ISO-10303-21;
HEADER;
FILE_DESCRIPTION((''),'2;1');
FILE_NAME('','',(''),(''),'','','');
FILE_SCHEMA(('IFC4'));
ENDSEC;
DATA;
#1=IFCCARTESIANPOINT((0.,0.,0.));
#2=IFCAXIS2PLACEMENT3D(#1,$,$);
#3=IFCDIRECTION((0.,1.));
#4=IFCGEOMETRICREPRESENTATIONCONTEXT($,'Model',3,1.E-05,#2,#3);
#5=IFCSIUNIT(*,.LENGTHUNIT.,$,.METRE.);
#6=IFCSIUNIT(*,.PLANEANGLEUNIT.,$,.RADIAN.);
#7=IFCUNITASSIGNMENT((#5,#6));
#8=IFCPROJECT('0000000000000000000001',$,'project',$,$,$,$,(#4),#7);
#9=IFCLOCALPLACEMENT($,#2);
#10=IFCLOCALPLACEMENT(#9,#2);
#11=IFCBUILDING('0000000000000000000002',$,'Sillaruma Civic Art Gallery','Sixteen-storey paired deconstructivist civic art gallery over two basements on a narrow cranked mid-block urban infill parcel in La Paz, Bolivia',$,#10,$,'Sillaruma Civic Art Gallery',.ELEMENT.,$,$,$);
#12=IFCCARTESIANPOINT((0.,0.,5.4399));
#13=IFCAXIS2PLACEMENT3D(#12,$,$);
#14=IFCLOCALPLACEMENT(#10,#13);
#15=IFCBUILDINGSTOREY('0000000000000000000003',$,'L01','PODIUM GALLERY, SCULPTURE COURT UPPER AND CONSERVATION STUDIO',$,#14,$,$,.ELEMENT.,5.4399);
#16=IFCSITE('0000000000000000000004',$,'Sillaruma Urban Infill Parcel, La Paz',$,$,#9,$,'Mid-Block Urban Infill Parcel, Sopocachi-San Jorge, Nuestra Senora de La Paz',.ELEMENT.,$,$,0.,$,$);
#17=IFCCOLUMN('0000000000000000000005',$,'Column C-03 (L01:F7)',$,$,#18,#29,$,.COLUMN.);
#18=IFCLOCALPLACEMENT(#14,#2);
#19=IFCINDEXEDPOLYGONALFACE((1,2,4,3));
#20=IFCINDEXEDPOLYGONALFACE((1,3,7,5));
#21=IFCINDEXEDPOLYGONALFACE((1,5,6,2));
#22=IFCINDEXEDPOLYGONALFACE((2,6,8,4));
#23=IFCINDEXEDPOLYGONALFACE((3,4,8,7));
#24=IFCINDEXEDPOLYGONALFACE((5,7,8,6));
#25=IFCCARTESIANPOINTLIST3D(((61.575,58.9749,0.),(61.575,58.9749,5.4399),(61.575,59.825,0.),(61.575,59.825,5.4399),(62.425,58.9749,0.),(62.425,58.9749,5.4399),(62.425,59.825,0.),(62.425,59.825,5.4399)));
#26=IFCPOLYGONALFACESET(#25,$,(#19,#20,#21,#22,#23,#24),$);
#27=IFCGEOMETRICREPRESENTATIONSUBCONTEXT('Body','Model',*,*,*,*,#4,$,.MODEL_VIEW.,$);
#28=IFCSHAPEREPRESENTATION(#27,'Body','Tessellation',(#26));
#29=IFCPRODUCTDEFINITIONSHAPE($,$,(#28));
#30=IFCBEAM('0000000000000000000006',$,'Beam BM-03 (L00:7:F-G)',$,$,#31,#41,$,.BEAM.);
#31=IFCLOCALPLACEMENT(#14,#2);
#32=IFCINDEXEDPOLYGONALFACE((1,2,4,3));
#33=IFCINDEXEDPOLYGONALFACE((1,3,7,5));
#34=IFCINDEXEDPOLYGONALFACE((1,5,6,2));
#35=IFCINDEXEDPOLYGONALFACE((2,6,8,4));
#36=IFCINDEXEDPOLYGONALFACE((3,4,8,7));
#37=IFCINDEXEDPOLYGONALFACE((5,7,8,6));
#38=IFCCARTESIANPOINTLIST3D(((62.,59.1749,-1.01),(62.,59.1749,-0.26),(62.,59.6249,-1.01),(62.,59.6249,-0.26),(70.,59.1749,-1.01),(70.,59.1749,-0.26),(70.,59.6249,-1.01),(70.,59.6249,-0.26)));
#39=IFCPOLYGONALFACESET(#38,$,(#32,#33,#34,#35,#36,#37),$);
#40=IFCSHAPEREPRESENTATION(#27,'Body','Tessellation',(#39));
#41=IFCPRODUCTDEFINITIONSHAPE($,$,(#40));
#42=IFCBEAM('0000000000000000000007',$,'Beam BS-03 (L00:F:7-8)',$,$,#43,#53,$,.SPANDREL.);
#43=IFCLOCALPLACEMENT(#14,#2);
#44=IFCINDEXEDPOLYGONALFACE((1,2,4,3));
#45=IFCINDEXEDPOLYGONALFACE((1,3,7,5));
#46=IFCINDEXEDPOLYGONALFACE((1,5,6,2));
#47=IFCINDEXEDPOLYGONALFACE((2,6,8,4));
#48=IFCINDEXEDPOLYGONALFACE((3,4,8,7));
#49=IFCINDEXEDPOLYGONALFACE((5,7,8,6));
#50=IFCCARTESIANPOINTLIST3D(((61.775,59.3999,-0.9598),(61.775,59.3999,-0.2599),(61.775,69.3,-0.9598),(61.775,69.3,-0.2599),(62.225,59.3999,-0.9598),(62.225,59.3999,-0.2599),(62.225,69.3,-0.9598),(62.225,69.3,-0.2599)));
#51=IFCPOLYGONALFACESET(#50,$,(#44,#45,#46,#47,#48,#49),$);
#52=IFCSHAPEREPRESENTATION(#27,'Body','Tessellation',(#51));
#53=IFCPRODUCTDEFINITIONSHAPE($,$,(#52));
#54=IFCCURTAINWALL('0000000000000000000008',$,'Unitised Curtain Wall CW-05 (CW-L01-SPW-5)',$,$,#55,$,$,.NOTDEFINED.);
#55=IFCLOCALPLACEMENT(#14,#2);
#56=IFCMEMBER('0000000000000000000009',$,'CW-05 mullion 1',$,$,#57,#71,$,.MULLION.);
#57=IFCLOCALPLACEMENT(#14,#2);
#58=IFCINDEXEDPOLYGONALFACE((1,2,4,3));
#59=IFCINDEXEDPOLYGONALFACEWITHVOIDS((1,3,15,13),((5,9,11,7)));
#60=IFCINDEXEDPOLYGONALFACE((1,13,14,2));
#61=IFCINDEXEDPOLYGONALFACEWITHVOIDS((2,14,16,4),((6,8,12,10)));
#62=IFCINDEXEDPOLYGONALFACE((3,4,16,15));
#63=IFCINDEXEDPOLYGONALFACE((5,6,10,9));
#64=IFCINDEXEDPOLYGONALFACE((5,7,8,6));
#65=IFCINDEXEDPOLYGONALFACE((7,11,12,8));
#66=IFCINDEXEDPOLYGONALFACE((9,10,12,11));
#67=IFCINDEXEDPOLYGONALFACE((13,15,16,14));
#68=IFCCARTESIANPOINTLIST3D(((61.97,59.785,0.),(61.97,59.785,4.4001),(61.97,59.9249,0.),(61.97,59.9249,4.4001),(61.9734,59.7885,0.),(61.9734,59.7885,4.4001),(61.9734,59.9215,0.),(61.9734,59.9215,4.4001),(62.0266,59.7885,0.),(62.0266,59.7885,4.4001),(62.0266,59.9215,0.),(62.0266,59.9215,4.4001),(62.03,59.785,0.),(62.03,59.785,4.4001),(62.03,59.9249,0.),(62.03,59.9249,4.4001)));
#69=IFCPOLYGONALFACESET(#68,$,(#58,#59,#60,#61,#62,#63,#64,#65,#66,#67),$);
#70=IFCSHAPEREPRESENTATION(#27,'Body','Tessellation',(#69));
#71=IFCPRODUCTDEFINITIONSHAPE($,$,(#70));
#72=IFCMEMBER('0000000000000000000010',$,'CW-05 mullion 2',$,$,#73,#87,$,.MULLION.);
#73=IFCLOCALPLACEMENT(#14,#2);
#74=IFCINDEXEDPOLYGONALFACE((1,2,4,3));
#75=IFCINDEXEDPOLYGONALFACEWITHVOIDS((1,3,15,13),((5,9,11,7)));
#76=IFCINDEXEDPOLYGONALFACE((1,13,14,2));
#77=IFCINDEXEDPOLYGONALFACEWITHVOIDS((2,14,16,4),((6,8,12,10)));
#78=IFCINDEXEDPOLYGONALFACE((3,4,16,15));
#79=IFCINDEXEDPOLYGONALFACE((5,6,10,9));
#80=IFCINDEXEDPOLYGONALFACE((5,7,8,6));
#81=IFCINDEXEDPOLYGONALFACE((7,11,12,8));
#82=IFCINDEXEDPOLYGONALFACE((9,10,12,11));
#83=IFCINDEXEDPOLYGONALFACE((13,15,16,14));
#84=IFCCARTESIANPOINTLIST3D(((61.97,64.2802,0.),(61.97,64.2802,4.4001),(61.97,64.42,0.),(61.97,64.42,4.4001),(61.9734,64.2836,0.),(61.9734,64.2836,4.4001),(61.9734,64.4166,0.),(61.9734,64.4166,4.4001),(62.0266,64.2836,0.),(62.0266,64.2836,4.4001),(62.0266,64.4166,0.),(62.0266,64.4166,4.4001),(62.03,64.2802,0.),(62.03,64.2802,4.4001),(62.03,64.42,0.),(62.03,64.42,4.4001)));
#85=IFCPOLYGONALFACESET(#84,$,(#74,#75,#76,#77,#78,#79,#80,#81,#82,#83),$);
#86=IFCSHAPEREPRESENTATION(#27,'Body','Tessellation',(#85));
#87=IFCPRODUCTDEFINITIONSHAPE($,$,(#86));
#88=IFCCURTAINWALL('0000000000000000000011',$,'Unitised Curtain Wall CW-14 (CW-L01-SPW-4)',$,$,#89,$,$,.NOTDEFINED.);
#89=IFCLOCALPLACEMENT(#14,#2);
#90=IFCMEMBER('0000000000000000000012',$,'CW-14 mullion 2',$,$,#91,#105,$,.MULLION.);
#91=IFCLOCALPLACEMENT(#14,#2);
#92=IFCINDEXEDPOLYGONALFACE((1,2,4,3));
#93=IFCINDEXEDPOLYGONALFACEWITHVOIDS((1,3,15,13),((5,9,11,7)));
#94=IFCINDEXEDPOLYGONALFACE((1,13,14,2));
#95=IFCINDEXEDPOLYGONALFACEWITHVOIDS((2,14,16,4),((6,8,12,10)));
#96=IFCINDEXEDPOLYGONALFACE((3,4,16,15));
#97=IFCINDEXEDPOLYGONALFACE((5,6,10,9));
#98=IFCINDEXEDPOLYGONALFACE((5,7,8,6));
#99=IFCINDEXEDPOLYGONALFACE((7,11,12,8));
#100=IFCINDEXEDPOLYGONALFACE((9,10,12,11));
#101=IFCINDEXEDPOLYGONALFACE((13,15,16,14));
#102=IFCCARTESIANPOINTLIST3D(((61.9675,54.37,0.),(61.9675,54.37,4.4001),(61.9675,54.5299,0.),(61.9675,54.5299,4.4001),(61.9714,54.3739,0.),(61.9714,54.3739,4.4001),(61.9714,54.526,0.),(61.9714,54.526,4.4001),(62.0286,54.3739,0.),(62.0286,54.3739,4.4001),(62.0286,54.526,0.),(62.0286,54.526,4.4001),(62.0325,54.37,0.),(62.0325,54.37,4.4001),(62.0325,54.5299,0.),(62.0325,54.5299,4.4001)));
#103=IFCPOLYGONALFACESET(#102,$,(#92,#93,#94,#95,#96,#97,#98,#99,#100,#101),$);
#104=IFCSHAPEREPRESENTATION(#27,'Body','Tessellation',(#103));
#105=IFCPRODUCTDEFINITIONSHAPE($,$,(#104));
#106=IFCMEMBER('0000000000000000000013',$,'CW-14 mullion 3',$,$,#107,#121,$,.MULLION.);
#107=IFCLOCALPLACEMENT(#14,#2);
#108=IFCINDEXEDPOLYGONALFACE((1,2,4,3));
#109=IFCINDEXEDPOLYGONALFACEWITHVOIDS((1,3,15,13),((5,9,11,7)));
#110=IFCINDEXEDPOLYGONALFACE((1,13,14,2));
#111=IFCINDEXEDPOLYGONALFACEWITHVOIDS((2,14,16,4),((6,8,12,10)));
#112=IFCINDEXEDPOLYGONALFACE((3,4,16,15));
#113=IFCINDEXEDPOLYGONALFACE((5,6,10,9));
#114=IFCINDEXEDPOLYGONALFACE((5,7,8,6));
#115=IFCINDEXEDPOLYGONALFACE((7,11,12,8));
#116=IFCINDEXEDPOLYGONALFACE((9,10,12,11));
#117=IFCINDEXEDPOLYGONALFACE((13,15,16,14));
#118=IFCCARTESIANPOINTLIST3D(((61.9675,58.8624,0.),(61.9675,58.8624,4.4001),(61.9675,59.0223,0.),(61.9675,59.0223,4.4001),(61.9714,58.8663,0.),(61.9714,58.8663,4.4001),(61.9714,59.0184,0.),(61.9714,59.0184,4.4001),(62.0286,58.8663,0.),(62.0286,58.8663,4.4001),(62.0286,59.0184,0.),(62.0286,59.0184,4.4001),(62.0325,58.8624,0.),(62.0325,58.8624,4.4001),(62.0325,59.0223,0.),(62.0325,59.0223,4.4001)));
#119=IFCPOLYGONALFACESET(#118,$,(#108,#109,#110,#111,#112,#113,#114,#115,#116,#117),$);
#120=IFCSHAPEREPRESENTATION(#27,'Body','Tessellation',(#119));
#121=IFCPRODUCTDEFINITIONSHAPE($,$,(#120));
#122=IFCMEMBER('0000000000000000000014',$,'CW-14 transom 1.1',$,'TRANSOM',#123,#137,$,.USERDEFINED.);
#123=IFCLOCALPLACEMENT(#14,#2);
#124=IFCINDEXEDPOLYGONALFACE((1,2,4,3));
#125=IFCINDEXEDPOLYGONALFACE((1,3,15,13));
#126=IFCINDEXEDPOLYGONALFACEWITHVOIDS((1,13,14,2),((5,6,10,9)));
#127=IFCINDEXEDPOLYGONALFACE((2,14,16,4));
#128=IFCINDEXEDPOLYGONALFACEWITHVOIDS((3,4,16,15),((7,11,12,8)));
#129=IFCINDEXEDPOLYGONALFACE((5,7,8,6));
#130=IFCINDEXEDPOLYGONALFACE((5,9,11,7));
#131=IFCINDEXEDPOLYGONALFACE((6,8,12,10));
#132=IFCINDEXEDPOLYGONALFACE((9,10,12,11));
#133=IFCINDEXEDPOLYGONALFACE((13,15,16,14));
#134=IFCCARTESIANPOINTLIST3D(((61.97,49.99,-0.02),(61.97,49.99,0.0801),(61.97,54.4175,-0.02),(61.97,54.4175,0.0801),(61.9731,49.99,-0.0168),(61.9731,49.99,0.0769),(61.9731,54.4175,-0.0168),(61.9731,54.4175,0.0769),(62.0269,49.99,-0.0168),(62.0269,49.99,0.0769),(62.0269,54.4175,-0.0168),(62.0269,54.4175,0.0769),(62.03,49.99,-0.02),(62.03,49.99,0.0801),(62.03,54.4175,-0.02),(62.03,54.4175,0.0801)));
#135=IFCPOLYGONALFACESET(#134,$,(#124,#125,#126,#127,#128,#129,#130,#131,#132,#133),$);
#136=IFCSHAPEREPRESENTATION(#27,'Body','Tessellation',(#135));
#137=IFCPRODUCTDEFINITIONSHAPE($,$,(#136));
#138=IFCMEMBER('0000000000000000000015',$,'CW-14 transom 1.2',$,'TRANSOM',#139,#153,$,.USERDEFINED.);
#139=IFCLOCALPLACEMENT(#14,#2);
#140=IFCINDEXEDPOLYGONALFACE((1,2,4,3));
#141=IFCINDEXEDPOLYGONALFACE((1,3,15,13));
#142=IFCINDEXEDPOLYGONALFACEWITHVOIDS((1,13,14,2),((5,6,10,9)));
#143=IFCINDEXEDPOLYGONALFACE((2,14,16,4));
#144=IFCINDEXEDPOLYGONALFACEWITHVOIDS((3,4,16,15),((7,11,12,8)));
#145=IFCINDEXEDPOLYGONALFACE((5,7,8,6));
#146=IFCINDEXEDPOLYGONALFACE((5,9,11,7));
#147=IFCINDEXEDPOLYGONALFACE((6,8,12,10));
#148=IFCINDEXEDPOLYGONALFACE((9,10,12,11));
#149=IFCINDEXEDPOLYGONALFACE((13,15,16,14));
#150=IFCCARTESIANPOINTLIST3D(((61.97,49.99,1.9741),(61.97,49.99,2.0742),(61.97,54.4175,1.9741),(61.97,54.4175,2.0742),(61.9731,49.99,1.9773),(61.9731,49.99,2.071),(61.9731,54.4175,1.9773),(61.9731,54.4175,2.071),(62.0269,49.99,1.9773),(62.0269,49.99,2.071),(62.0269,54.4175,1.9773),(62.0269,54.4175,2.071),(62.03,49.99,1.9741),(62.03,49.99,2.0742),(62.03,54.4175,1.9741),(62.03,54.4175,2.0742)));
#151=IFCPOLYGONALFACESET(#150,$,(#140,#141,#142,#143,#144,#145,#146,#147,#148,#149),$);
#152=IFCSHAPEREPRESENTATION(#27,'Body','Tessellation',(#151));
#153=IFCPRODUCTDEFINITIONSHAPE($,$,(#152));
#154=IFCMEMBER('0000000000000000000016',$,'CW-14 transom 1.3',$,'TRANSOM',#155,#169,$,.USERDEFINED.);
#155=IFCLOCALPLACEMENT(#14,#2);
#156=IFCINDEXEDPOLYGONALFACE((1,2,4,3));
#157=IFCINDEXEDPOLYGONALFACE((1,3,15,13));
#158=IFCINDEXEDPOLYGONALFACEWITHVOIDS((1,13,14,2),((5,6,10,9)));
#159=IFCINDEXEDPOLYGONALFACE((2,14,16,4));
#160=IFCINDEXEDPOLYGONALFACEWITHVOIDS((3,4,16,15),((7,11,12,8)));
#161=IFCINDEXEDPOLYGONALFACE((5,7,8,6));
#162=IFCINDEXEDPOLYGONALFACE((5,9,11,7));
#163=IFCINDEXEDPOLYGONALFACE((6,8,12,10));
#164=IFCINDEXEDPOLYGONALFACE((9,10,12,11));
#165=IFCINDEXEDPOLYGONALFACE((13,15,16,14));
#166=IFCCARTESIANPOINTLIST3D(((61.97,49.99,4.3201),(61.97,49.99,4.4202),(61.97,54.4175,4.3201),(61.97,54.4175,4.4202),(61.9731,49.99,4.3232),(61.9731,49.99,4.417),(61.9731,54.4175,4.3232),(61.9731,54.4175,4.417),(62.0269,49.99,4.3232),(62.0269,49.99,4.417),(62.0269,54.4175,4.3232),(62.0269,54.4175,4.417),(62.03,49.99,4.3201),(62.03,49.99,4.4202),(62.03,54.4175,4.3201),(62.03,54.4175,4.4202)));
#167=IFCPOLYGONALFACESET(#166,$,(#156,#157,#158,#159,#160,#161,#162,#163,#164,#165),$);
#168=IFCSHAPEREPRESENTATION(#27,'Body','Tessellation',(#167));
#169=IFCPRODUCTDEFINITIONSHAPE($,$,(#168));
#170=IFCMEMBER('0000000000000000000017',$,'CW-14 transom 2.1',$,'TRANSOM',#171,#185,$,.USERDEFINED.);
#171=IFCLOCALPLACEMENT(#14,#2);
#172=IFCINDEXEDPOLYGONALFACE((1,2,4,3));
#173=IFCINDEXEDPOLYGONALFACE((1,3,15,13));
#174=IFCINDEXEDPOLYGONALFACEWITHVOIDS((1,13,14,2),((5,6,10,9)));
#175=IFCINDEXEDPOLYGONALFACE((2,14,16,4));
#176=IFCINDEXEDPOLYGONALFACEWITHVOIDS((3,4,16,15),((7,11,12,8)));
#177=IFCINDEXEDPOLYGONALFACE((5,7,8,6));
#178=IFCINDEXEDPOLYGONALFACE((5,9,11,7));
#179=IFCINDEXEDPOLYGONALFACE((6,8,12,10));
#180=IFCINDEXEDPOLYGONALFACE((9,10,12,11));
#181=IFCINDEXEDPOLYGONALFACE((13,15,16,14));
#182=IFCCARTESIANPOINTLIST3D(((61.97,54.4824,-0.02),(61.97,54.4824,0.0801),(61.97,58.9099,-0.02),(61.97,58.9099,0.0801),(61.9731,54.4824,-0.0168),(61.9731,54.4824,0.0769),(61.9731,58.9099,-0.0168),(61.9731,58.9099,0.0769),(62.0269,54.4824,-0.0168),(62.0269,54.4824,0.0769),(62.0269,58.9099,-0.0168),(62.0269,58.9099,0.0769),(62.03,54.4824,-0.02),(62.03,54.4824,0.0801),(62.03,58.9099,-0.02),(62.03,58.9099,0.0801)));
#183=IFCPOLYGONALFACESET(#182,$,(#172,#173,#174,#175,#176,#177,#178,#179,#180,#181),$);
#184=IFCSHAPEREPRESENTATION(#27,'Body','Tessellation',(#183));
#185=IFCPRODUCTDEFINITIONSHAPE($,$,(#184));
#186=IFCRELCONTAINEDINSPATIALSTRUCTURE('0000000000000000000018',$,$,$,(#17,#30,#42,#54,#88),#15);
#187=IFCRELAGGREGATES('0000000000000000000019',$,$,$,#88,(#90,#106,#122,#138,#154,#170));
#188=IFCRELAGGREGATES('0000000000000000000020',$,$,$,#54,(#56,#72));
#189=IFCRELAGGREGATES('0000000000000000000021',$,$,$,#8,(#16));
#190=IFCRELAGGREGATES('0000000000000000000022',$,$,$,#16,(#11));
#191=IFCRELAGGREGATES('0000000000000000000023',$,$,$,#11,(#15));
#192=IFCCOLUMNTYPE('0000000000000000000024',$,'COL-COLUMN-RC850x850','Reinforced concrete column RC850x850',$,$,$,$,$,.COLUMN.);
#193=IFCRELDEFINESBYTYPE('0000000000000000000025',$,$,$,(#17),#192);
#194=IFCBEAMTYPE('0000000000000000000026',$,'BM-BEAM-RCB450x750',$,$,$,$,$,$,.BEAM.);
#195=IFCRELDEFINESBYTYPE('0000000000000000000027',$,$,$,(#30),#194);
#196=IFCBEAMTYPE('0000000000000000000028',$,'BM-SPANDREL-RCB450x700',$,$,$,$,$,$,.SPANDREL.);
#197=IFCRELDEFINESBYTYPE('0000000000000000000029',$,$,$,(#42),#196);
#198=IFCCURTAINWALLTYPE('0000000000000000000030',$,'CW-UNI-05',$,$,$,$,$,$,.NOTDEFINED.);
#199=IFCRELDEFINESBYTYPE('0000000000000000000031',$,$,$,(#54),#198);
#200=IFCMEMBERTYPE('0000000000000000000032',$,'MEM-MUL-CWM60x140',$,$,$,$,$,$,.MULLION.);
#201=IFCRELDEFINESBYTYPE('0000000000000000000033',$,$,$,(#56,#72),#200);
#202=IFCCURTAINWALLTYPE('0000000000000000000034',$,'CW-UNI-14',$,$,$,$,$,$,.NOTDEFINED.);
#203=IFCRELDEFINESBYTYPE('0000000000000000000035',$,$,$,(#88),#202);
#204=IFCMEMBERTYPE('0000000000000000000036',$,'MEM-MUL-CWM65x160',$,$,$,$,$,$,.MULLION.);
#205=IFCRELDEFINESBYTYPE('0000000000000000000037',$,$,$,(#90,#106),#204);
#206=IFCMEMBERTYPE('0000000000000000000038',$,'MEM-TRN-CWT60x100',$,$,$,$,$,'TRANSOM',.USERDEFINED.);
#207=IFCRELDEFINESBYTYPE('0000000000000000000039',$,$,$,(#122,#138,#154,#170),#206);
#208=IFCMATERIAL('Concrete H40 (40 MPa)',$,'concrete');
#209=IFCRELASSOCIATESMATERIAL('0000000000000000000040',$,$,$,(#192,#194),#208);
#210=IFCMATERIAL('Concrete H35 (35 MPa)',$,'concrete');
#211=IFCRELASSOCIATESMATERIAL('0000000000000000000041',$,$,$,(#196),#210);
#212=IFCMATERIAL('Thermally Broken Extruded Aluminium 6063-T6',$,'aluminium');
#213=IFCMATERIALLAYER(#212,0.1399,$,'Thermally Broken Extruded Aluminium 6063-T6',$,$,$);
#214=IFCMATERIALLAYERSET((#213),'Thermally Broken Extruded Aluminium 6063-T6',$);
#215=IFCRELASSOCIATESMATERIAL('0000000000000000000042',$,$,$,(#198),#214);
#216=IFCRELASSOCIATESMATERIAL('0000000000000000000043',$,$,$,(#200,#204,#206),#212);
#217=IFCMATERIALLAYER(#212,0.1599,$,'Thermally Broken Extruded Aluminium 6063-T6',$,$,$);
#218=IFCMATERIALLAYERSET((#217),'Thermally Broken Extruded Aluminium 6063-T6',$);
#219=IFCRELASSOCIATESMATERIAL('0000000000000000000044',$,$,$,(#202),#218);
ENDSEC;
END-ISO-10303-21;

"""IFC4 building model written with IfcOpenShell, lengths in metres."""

from ifc_helpers import new_model, si_unit, direction, frame, origin, origin_2d, place, context, subcontext, project, spatial, rectangle, hollow_rectangle, extrude, material, layer, layer_set, material_profile, profile_set, type_object, element, aggregate, save


model = new_model("IFC4")

# Units and contexts
model_context = context("Model", 3, precision=1e-05, world=origin(), true_north=direction((0.0, 1.0)))
body_context = subcontext(model_context, "Body", "Model", "MODEL_VIEW")
ifc_project = project(units=[si_unit("LENGTHUNIT", "METRE"), si_unit("PLANEANGLEUNIT", "RADIAN")], contexts=[model_context])

# Site, building, storey
site_placement = place(None, origin())
site = spatial("IfcSite", under=ifc_project, at=site_placement, Name="Sillaruma Urban Infill Parcel, La Paz", LongName="Mid-Block Urban Infill Parcel, Sopocachi-San Jorge, Nuestra Senora de La Paz", CompositionType="ELEMENT", RefElevation=0.0)
building_placement = place(site_placement, origin())
building = spatial("IfcBuilding", under=site, at=building_placement, Name="Sillaruma Civic Art Gallery", Description="Sixteen-storey paired deconstructivist civic art gallery over two basements on a narrow cranked mid-block urban infill parcel in La Paz, Bolivia", LongName="Sillaruma Civic Art Gallery", CompositionType="ELEMENT")
storey_placement = place(building_placement, frame((0.0, 0.0, 5.4399)))
storey = spatial("IfcBuildingStorey", under=building, at=storey_placement, Name="L01", Description="PODIUM GALLERY, SCULPTURE COURT UPPER AND CONSERVATION STUDIO", CompositionType="ELEMENT", Elevation=5.4399)

# Column
ifc_material_1 = material(Name="Concrete H40 (40 MPa)", Category="concrete")
ifc_material_profile_1 = material_profile(ifc_material_1, rectangle(XDim=0.8501, YDim=0.8501, at=origin_2d()), Name="RC850x850")
ifc_profile_set_1 = profile_set([ifc_material_profile_1], Name="Concrete H40 (40 MPa)")
column_type = type_object("IfcColumnType", Name="COL-COLUMN-RC850x850", Description="Reinforced concrete column RC850x850", PredefinedType="COLUMN", material=ifc_profile_set_1)
column_placement = place(storey_placement, frame((62.0, 59.3999, 0.0), z_axis=(0.0, 0.0, 1.0), x_axis=(1.0, 0.0, 0.0)))
element("IfcColumn", 1, at=column_placement, inside=storey, type_object=column_type, Name="Column C-03 (L01:F7)", PredefinedType="COLUMN", context=body_context, shape_type="SweptSolid", body=[
    extrude(rectangle(XDim=0.8501, YDim=0.8501, at=origin_2d()), origin(), (0.0, 0.0, 1.0), 5.4399),
])

# Beams
ifc_material_profile_2 = material_profile(ifc_material_1, rectangle(XDim=0.45, YDim=0.75, at=origin_2d()), Name="RCB450x750")
ifc_profile_set_2 = profile_set([ifc_material_profile_2], Name="Concrete H40 (40 MPa)")
beam_type_1 = type_object("IfcBeamType", Name="BM-BEAM-RCB450x750", PredefinedType="BEAM", material=ifc_profile_set_2)
beam_1_placement = place(storey_placement, frame((62.0, 59.3999, -0.635), z_axis=(1.0, 0.0, 0.0), x_axis=(0.0, 1.0, 0.0)))
element("IfcBeam", 2, at=beam_1_placement, inside=storey, type_object=beam_type_1, Name="Beam BM-03 (L00:7:F-G)", PredefinedType="BEAM", context=body_context, shape_type="SweptSolid", body=[
    extrude(rectangle(XDim=0.45, YDim=0.75, at=origin_2d()), origin(), (0.0, 0.0, 1.0), 8.0),
])
ifc_material_2 = material(Name="Concrete H35 (35 MPa)", Category="concrete")
ifc_material_profile_3 = material_profile(ifc_material_2, rectangle(XDim=0.45, YDim=0.7, at=origin_2d()), Name="RCB450x700")
ifc_profile_set_3 = profile_set([ifc_material_profile_3], Name="Concrete H35 (35 MPa)")
beam_type_2 = type_object("IfcBeamType", Name="BM-SPANDREL-RCB450x700", PredefinedType="SPANDREL", material=ifc_profile_set_3)
beam_2_placement = place(storey_placement, frame((62.0, 59.3999, -0.6099), z_axis=(0.0, 1.0, 0.0), x_axis=(-1.0, 0.0, 0.0)))
element("IfcBeam", 3, at=beam_2_placement, inside=storey, type_object=beam_type_2, Name="Beam BS-03 (L00:F:7-8)", PredefinedType="SPANDREL", context=body_context, shape_type="SweptSolid", body=[
    extrude(rectangle(XDim=0.45, YDim=0.7, at=origin_2d()), origin(), (0.0, 0.0, 1.0), 9.9001),
])

# Curtain walls, members
ifc_material_3 = material(Name="Thermally Broken Extruded Aluminium 6063-T6", Category="aluminium")
ifc_layer_1 = layer(ifc_material_3, 0.1399, Name="Thermally Broken Extruded Aluminium 6063-T6")
ifc_layer_set_1 = layer_set([ifc_layer_1], Name="Thermally Broken Extruded Aluminium 6063-T6")
curtain_wall_type_1 = type_object("IfcCurtainWallType", Name="CW-UNI-05", PredefinedType="NOTDEFINED", material=ifc_layer_set_1)
curtain_wall_1_placement = place(storey_placement, origin())
curtain_wall_1 = element("IfcCurtainWall", 4, at=curtain_wall_1_placement, inside=storey, type_object=curtain_wall_type_1, Name="Unitised Curtain Wall CW-05 (CW-L01-SPW-5)", PredefinedType="NOTDEFINED")
ifc_material_profile_4 = material_profile(ifc_material_3, hollow_rectangle(XDim=0.0601, YDim=0.1399, WallThickness=0.0034, at=origin_2d()), Name="CWM60x140")
ifc_profile_set_4 = profile_set([ifc_material_profile_4], Name="Thermally Broken Extruded Aluminium 6063-T6")
member_type_1 = type_object("IfcMemberType", Name="MEM-MUL-CWM60x140", PredefinedType="MULLION", material=ifc_profile_set_4)
member_1_placement = place(storey_placement, frame((62.0, 59.855, 0.0), z_axis=(0.0, 0.0, 1.0), x_axis=(-1.0, 0.0, 0.0)))
member_1 = element("IfcMember", 5, at=member_1_placement, type_object=member_type_1, Name="CW-05 mullion 1", PredefinedType="MULLION", context=body_context, shape_type="SweptSolid", body=[
    extrude(hollow_rectangle(XDim=0.0601, YDim=0.1399, WallThickness=0.0034, at=origin_2d()), origin(), (0.0, 0.0, 1.0), 4.4001),
])
member_2_placement = place(storey_placement, frame((62.0, 64.3501, 0.0), z_axis=(0.0, 0.0, 1.0), x_axis=(-1.0, 0.0, 0.0)))
member_2 = element("IfcMember", 6, at=member_2_placement, type_object=member_type_1, Name="CW-05 mullion 2", PredefinedType="MULLION", context=body_context, shape_type="SweptSolid", body=[
    extrude(hollow_rectangle(XDim=0.0601, YDim=0.1399, WallThickness=0.0034, at=origin_2d()), origin(), (0.0, 0.0, 1.0), 4.4001),
])
ifc_layer_2 = layer(ifc_material_3, 0.1599, Name="Thermally Broken Extruded Aluminium 6063-T6")
ifc_layer_set_2 = layer_set([ifc_layer_2], Name="Thermally Broken Extruded Aluminium 6063-T6")
curtain_wall_type_2 = type_object("IfcCurtainWallType", Name="CW-UNI-14", PredefinedType="NOTDEFINED", material=ifc_layer_set_2)
curtain_wall_2_placement = place(storey_placement, origin())
curtain_wall_2 = element("IfcCurtainWall", 7, at=curtain_wall_2_placement, inside=storey, type_object=curtain_wall_type_2, Name="Unitised Curtain Wall CW-14 (CW-L01-SPW-4)", PredefinedType="NOTDEFINED")
ifc_material_profile_5 = material_profile(ifc_material_3, hollow_rectangle(XDim=0.0649, YDim=0.1599, WallThickness=0.0039, at=origin_2d()), Name="CWM65x160")
ifc_profile_set_5 = profile_set([ifc_material_profile_5], Name="Thermally Broken Extruded Aluminium 6063-T6")
member_type_2 = type_object("IfcMemberType", Name="MEM-MUL-CWM65x160", PredefinedType="MULLION", material=ifc_profile_set_5)
member_3_placement = place(storey_placement, frame((62.0, 54.45, 0.0), z_axis=(0.0, 0.0, 1.0), x_axis=(-1.0, 0.0, 0.0)))
member_3 = element("IfcMember", 8, at=member_3_placement, type_object=member_type_2, Name="CW-14 mullion 2", PredefinedType="MULLION", context=body_context, shape_type="SweptSolid", body=[
    extrude(hollow_rectangle(XDim=0.0649, YDim=0.1599, WallThickness=0.0039, at=origin_2d()), origin(), (0.0, 0.0, 1.0), 4.4001),
])
member_4_placement = place(storey_placement, frame((62.0, 58.9424, 0.0), z_axis=(0.0, 0.0, 1.0), x_axis=(-1.0, 0.0, 0.0)))
member_4 = element("IfcMember", 9, at=member_4_placement, type_object=member_type_2, Name="CW-14 mullion 3", PredefinedType="MULLION", context=body_context, shape_type="SweptSolid", body=[
    extrude(hollow_rectangle(XDim=0.0649, YDim=0.1599, WallThickness=0.0039, at=origin_2d()), origin(), (0.0, 0.0, 1.0), 4.4001),
])
ifc_material_profile_6 = material_profile(ifc_material_3, hollow_rectangle(XDim=0.0601, YDim=0.1001, WallThickness=0.0032, at=origin_2d()), Name="CWT60x100")
ifc_profile_set_6 = profile_set([ifc_material_profile_6], Name="Thermally Broken Extruded Aluminium 6063-T6")
member_type_3 = type_object("IfcMemberType", Name="MEM-TRN-CWT60x100", ElementType="TRANSOM", PredefinedType="USERDEFINED", material=ifc_profile_set_6)
member_5_placement = place(storey_placement, frame((62.0, 49.99, 0.03), z_axis=(0.0, 1.0, 0.0), x_axis=(-1.0, 0.0, 0.0)))
member_5 = element("IfcMember", 10, at=member_5_placement, type_object=member_type_3, Name="CW-14 transom 1.1", ObjectType="TRANSOM", PredefinedType="USERDEFINED", context=body_context, shape_type="SweptSolid", body=[
    extrude(hollow_rectangle(XDim=0.0601, YDim=0.1001, WallThickness=0.0032, at=origin_2d()), origin(), (0.0, 0.0, 1.0), 4.4275),
])
member_6_placement = place(storey_placement, frame((62.0, 49.99, 2.0242), z_axis=(0.0, 1.0, 0.0), x_axis=(-1.0, 0.0, 0.0)))
member_6 = element("IfcMember", 11, at=member_6_placement, type_object=member_type_3, Name="CW-14 transom 1.2", ObjectType="TRANSOM", PredefinedType="USERDEFINED", context=body_context, shape_type="SweptSolid", body=[
    extrude(hollow_rectangle(XDim=0.0601, YDim=0.1001, WallThickness=0.0032, at=origin_2d()), origin(), (0.0, 0.0, 1.0), 4.4275),
])
member_7_placement = place(storey_placement, frame((62.0, 49.99, 4.3701), z_axis=(0.0, 1.0, 0.0), x_axis=(-1.0, 0.0, 0.0)))
member_7 = element("IfcMember", 12, at=member_7_placement, type_object=member_type_3, Name="CW-14 transom 1.3", ObjectType="TRANSOM", PredefinedType="USERDEFINED", context=body_context, shape_type="SweptSolid", body=[
    extrude(hollow_rectangle(XDim=0.0601, YDim=0.1001, WallThickness=0.0032, at=origin_2d()), origin(), (0.0, 0.0, 1.0), 4.4275),
])
member_8_placement = place(storey_placement, frame((62.0, 54.4824, 0.03), z_axis=(0.0, 1.0, 0.0), x_axis=(-1.0, 0.0, 0.0)))
member_8 = element("IfcMember", 13, at=member_8_placement, type_object=member_type_3, Name="CW-14 transom 2.1", ObjectType="TRANSOM", PredefinedType="USERDEFINED", context=body_context, shape_type="SweptSolid", body=[
    extrude(hollow_rectangle(XDim=0.0601, YDim=0.1001, WallThickness=0.0032, at=origin_2d()), origin(), (0.0, 0.0, 1.0), 4.4275),
])

aggregate(curtain_wall_2, [member_3, member_4, member_5, member_6, member_7, member_8])
aggregate(curtain_wall_1, [member_1, member_2])

save(model, "model.ifc")
